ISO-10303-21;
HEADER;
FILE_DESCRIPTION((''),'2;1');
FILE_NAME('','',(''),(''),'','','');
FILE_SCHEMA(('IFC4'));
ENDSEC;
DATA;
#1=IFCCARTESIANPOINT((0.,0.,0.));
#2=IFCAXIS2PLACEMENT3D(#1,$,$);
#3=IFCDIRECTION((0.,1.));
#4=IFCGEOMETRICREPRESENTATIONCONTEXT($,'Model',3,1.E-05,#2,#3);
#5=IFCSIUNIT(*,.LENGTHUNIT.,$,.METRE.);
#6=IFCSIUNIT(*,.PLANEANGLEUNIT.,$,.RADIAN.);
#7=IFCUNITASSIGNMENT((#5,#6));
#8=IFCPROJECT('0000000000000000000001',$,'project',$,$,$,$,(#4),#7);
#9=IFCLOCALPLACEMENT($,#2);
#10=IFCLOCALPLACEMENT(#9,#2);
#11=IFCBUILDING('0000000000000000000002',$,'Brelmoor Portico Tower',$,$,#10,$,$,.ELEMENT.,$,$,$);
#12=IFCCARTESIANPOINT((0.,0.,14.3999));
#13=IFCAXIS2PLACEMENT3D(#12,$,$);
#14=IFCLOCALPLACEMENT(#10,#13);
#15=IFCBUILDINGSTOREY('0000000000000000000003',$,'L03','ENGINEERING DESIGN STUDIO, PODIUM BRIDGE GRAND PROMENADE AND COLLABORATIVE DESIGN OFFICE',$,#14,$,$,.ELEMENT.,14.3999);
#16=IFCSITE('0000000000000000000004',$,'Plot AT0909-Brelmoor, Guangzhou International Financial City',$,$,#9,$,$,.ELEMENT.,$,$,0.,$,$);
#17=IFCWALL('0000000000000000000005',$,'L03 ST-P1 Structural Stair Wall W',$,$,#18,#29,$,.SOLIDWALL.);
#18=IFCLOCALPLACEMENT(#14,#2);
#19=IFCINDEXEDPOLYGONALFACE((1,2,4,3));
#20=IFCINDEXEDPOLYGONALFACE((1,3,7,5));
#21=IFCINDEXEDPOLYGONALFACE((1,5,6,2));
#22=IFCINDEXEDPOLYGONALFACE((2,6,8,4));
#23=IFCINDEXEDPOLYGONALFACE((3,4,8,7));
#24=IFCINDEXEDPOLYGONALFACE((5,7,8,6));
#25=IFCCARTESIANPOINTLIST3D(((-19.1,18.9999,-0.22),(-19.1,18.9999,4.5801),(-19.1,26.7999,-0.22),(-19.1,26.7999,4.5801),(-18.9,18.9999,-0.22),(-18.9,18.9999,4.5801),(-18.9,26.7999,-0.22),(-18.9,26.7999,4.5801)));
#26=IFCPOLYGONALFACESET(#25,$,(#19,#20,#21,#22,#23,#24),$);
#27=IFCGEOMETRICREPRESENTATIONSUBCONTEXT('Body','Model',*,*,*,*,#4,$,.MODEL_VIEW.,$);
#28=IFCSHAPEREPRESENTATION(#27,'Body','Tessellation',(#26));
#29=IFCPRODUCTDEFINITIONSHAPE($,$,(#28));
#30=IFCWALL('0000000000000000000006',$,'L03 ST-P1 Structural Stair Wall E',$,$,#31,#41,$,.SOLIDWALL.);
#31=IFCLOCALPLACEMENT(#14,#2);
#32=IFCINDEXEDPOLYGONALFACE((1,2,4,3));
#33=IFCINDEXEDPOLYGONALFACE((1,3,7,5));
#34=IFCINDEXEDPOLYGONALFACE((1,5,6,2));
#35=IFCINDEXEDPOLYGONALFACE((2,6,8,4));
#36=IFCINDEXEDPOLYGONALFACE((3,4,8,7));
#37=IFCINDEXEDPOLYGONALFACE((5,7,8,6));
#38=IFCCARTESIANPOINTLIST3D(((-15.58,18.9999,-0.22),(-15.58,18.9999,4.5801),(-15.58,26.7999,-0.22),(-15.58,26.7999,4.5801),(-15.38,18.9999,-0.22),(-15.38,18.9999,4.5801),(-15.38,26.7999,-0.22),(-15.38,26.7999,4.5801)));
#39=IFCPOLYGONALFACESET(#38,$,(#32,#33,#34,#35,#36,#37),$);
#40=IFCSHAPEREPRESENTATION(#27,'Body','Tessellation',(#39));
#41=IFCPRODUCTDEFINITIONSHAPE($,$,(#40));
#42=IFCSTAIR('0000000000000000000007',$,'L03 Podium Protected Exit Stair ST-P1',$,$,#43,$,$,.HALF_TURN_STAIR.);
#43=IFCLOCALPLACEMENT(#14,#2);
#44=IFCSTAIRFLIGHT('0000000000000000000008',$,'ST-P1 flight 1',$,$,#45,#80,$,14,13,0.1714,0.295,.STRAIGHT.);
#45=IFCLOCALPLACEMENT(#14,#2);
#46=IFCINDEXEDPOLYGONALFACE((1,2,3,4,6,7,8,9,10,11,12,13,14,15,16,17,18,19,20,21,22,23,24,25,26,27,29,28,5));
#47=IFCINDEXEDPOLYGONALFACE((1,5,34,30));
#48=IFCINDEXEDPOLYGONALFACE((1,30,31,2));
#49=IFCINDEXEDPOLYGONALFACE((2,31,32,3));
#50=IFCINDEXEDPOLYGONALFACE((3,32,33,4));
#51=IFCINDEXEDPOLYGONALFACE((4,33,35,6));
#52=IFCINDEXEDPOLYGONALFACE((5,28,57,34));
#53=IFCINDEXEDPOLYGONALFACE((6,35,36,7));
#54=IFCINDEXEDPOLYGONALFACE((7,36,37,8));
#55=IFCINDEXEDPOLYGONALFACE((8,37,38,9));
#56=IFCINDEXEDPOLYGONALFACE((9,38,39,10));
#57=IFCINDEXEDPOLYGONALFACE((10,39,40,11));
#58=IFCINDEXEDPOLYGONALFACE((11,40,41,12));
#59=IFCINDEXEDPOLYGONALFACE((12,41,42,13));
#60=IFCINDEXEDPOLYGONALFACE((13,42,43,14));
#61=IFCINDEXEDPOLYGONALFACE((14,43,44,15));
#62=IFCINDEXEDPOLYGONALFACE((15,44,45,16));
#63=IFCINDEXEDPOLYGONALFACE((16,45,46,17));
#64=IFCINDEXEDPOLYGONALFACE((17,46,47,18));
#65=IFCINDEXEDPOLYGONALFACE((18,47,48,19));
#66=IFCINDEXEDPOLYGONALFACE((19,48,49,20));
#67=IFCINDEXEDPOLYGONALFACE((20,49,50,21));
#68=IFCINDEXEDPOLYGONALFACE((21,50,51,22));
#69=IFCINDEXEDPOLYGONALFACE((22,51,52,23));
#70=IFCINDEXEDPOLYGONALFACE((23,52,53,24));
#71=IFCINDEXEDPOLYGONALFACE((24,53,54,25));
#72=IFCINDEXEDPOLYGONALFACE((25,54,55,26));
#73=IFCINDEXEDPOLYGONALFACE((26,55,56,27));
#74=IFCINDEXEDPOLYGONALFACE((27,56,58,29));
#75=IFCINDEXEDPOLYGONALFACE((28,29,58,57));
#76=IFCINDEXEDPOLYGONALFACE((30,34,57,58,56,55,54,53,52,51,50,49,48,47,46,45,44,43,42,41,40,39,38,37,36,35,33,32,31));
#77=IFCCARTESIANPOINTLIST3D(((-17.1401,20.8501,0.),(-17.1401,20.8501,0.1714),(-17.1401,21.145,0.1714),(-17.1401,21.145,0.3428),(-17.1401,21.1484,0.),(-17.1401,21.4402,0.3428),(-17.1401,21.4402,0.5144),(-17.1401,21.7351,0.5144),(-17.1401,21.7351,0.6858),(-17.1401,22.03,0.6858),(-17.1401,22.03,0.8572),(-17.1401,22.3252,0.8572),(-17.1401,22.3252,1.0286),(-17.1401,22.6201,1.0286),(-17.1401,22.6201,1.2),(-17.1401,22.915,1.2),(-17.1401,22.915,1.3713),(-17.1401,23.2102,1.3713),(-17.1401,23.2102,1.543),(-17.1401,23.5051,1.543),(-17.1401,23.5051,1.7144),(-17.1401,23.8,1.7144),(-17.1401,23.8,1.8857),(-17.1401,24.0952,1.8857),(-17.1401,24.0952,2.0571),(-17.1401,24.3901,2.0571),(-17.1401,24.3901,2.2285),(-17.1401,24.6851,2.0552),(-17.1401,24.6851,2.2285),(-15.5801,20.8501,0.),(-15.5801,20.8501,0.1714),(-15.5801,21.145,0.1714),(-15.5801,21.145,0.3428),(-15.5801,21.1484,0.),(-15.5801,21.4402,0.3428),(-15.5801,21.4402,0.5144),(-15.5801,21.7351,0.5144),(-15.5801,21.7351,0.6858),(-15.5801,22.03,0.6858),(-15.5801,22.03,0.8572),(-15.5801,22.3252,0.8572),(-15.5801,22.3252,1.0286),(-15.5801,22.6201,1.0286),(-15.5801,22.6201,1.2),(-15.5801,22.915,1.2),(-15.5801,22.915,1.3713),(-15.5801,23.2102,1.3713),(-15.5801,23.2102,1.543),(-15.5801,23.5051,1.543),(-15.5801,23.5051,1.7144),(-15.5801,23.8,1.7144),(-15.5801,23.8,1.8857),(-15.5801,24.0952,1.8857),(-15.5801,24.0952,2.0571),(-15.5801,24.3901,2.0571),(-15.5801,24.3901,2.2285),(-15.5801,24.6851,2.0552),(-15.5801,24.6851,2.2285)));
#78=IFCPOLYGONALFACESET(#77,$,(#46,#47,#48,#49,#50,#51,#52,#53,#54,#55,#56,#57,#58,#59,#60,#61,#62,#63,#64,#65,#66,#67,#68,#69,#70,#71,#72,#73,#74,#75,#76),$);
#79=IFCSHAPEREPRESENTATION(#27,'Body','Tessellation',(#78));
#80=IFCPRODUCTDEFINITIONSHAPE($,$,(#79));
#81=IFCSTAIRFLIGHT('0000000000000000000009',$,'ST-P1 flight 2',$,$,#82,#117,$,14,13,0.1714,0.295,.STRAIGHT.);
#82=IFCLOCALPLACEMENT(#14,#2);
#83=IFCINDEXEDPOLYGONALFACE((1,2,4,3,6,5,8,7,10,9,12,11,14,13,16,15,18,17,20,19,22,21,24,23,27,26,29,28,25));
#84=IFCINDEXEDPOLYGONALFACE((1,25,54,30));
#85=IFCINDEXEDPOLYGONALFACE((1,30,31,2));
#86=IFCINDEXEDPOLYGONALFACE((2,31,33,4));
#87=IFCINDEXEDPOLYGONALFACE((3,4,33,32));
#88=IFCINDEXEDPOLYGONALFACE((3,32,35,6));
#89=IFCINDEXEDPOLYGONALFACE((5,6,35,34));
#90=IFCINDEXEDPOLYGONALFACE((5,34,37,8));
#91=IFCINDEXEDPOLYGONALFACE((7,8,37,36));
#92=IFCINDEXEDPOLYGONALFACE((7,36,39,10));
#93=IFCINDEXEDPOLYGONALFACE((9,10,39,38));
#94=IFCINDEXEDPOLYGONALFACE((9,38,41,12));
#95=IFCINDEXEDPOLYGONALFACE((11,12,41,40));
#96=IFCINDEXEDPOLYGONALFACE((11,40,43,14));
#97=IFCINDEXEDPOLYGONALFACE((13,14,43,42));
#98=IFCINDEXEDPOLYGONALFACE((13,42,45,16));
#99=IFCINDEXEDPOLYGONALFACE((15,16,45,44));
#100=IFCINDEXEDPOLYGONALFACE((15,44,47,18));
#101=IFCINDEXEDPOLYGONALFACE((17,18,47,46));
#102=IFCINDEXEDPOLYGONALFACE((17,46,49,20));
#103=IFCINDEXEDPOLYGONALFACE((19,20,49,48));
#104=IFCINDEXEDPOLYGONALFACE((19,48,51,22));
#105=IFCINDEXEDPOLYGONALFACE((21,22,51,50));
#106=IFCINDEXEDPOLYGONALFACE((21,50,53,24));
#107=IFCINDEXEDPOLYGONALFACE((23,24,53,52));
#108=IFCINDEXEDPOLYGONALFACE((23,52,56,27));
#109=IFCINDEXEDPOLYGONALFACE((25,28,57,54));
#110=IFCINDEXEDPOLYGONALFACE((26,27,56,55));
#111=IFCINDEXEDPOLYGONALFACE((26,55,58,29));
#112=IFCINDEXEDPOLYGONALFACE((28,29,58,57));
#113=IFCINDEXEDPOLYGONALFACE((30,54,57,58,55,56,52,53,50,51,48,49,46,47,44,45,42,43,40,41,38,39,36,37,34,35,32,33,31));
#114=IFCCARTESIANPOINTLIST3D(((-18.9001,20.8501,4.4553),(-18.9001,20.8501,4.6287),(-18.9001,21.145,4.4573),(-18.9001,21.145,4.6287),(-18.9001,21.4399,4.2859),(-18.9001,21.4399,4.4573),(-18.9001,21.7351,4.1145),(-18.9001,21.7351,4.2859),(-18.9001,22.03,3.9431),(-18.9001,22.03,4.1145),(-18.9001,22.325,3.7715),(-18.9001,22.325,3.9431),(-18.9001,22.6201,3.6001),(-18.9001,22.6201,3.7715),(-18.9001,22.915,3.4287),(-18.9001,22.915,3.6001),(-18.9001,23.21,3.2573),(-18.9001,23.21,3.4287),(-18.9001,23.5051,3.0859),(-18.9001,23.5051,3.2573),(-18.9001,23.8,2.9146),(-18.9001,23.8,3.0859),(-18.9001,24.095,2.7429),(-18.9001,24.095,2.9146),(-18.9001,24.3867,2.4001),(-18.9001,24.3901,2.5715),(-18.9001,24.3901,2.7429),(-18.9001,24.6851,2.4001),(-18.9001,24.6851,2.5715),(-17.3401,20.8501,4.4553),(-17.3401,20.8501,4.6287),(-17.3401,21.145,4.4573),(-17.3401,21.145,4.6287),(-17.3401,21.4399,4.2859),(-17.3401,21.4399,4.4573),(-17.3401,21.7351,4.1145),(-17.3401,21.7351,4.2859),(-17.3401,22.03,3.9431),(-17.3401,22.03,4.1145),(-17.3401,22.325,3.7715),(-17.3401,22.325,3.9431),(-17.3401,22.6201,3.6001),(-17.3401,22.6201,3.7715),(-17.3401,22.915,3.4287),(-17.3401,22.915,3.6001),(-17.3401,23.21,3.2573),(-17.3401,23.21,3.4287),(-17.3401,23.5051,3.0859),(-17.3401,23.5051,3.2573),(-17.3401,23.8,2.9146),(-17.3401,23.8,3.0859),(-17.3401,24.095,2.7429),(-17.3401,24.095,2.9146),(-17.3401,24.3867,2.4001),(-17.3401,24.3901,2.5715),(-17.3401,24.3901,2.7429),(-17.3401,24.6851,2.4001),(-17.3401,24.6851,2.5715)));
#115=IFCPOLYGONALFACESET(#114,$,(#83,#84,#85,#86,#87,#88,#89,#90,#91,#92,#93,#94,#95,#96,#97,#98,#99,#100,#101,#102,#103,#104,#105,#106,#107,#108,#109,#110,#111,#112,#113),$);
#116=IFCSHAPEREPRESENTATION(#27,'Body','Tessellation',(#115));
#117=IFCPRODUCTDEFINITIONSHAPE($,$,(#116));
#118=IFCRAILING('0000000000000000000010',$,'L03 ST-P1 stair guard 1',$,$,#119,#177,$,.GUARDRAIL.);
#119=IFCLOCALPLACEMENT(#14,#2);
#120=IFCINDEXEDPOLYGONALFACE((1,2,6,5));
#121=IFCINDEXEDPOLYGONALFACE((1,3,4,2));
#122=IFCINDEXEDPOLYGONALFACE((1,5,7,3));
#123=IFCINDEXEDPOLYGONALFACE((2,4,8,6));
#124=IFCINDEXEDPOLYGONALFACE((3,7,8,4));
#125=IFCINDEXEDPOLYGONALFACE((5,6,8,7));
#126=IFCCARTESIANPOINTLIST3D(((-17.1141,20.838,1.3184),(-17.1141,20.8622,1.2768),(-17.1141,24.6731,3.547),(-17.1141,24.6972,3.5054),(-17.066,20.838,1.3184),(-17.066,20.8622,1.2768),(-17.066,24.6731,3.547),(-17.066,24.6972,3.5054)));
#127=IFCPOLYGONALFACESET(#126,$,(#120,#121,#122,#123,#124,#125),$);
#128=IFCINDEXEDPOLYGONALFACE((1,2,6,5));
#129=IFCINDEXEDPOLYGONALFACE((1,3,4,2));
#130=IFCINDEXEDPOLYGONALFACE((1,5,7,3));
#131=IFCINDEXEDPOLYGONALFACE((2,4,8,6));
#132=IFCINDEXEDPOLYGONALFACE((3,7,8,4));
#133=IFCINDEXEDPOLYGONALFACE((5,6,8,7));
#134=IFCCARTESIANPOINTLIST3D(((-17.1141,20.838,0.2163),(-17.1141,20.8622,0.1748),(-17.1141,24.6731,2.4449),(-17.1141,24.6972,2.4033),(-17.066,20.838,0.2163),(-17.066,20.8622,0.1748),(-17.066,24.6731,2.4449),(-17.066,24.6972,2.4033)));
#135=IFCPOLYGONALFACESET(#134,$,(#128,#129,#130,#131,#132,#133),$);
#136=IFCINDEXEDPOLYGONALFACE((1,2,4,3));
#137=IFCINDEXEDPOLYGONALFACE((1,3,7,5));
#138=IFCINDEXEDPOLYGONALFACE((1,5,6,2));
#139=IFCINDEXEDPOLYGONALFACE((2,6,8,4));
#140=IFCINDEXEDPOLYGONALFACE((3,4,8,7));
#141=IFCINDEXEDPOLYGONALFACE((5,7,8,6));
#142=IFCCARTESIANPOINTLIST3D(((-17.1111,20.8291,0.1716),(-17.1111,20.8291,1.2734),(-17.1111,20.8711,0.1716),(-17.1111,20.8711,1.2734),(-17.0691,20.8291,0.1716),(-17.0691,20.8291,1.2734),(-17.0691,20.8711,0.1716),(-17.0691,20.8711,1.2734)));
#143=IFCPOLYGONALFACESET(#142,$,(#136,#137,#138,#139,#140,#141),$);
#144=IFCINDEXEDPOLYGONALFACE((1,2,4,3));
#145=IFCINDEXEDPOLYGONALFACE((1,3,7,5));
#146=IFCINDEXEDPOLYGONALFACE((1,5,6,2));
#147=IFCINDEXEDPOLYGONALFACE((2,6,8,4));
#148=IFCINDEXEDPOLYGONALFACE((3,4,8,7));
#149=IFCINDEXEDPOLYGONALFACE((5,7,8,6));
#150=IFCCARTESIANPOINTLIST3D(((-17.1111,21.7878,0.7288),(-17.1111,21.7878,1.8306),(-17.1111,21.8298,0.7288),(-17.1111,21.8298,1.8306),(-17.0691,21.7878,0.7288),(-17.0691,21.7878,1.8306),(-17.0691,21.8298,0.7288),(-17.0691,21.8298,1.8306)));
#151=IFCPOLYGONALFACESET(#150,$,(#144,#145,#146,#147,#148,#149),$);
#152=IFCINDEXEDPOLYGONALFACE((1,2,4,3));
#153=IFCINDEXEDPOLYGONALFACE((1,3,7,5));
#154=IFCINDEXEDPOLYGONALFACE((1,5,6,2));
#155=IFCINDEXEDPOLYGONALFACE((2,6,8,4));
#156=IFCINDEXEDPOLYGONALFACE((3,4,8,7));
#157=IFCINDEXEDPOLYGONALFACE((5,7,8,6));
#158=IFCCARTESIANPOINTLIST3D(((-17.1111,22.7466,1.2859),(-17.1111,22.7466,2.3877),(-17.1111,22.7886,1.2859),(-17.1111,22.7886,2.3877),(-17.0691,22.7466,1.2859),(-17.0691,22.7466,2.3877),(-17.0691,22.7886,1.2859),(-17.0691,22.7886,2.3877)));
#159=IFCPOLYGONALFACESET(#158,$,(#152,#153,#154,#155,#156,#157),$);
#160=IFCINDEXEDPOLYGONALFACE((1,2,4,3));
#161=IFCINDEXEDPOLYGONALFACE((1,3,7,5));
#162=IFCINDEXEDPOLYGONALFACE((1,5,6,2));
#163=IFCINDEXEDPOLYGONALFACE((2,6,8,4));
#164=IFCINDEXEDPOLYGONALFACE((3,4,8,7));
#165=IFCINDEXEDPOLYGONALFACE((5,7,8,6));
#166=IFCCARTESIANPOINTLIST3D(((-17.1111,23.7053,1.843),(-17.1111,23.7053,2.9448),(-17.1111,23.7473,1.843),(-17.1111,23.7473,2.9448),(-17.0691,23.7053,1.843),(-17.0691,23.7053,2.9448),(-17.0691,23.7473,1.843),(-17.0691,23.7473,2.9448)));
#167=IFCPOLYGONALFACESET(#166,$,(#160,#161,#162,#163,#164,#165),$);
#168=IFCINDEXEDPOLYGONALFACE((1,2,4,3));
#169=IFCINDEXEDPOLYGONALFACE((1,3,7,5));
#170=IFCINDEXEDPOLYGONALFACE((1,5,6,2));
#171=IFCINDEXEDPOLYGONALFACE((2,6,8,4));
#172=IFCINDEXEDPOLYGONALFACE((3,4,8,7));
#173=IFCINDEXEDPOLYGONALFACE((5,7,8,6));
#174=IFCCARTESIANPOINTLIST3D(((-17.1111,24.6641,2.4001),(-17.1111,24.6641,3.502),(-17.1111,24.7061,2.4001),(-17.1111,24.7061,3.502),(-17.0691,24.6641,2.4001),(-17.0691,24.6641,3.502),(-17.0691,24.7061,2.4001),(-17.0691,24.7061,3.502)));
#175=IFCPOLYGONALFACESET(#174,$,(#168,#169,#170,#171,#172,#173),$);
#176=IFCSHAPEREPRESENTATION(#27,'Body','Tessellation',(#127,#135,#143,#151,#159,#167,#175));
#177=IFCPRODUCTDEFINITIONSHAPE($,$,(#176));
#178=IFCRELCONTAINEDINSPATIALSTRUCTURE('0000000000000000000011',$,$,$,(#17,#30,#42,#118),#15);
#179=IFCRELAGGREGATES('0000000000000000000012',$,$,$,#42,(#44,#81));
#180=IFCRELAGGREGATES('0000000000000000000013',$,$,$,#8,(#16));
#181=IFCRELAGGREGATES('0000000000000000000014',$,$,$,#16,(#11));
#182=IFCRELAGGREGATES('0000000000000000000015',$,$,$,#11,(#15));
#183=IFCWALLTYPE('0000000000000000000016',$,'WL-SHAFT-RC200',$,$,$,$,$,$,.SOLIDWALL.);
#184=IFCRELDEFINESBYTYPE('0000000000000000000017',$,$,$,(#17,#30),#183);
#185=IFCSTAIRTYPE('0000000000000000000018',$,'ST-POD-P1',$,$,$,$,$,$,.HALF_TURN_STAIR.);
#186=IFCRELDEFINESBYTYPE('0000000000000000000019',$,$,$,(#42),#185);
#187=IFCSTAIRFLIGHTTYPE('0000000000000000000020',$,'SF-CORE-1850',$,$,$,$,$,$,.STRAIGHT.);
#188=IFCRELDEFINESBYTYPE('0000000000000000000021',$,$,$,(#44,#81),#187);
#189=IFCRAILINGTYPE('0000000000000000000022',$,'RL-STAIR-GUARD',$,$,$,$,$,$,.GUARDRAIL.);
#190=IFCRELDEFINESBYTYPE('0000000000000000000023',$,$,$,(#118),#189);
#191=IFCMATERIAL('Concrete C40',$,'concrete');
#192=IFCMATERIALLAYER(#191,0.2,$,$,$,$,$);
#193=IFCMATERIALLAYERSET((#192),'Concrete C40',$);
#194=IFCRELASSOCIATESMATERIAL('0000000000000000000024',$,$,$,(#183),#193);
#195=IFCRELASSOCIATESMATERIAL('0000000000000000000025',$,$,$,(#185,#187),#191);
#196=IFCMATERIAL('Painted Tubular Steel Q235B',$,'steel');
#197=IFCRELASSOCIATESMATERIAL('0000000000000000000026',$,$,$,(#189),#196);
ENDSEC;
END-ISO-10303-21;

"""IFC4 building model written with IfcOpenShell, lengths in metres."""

from ifc_helpers import new_model, si_unit, direction, frame, frame_2d, origin, origin_2d, place, context, subcontext, project, spatial, polyline, rectangle, outline, extrude, material, layer, layer_set, type_object, element, aggregate, save


model = new_model("IFC4")

# Units and contexts
model_context = context("Model", 3, precision=1e-05, world=origin(), true_north=direction((0.0, 1.0)))
body_context = subcontext(model_context, "Body", "Model", "MODEL_VIEW")
ifc_project = project(units=[si_unit("LENGTHUNIT", "METRE"), si_unit("PLANEANGLEUNIT", "RADIAN")], contexts=[model_context])

# Site, building, storey
site_placement = place(None, origin())
site = spatial("IfcSite", under=ifc_project, at=site_placement, Name="Plot AT0909-Brelmoor, Guangzhou International Financial City", CompositionType="ELEMENT", RefElevation=0.0)
building_placement = place(site_placement, origin())
building = spatial("IfcBuilding", under=site, at=building_placement, Name="Brelmoor Portico Tower", CompositionType="ELEMENT")
storey_placement = place(building_placement, frame((0.0, 0.0, 14.3999)))
storey = spatial("IfcBuildingStorey", under=building, at=storey_placement, Name="L03", Description="ENGINEERING DESIGN STUDIO, PODIUM BRIDGE GRAND PROMENADE AND COLLABORATIVE DESIGN OFFICE", CompositionType="ELEMENT", Elevation=14.3999)

# Walls
ifc_material_1 = material(Name="Concrete C40", Category="concrete")
ifc_layer_1 = layer(ifc_material_1, 0.2)
ifc_layer_set_1 = layer_set([ifc_layer_1], Name="Concrete C40")
wall_type = type_object("IfcWallType", Name="WL-SHAFT-RC200", PredefinedType="SOLIDWALL", material=ifc_layer_set_1)
for number, where, z_axis, x_axis, name in (
    (1, (-19.0, 19.0, -0.22), (0.0, 0.0, 1.0), (0.0, 1.0, 0.0), "L03 ST-P1 Structural Stair Wall W"),
    (2, (-15.48, 19.0, -0.22), (0.0, 0.0, 1.0), (0.0, 1.0, 0.0), "L03 ST-P1 Structural Stair Wall E"),
):
    element("IfcWall", number, at=place(storey_placement, frame(where, z_axis=z_axis, x_axis=x_axis)), inside=storey, type_object=wall_type, Name=name, PredefinedType="SOLIDWALL", context=body_context, shape_type="SweptSolid", body=[
        extrude(rectangle(XDim=7.8, YDim=0.2, at=frame_2d((3.8999, 0.0))), origin(), (0.0, 0.0, 1.0), 4.8),
    ])

# Stair, stair flights
stair_type = type_object("IfcStairType", Name="ST-POD-P1", PredefinedType="HALF_TURN_STAIR", material=ifc_material_1)
stair_placement = place(storey_placement, origin())
stair = element("IfcStair", 3, at=stair_placement, inside=storey, type_object=stair_type, Name="L03 Podium Protected Exit Stair ST-P1", PredefinedType="HALF_TURN_STAIR")
stair_flight_type = type_object("IfcStairFlightType", Name="SF-CORE-1850", PredefinedType="STRAIGHT", material=ifc_material_1)
stair_flight_1_placement = place(storey_placement, frame((-16.3601, 20.8501, 0.0), z_axis=(0.0, 0.0, 1.0), x_axis=(0.0, 1.0, 0.0)))
stair_flight_1 = element("IfcStairFlight", 4, at=stair_flight_1_placement, type_object=stair_flight_type, Name="ST-P1 flight 1", NumberOfRisers=14, NumberOfTreads=13, PredefinedType="STRAIGHT", RiserHeight=0.1714, TreadLength=0.295, context=body_context, shape_type="SweptSolid", body=[
    extrude(outline(polyline([(0.0, 0.0), (0.0, 0.1714), (0.2949, 0.1714), (0.2949, 0.3428), (0.5901, 0.3428), (0.5901, 0.5144), (0.885, 0.5144), (0.885, 0.6858), (1.1799, 0.6858), (1.1799, 0.8572), (1.4751, 0.8572), (1.4751, 1.0286), (1.77, 1.0286), (1.77, 1.2), (2.0649, 1.2), (2.0649, 1.3713), (2.3601, 1.3713), (2.3601, 1.543), (2.655, 1.543), (2.655, 1.7144), (2.95, 1.7144), (2.95, 1.8857), (3.2451, 1.8857), (3.2451, 2.0571), (3.54, 2.0571), (3.54, 2.2285), (3.835, 2.2285), (3.835, 2.3999), (3.835, 2.0552), (0.2983, 0.0), (0.0, 0.0)])), frame((0.0, 0.78, 0.0), z_axis=(0.0, -1.0, 0.0), x_axis=(1.0, 0.0, 0.0)), (0.0, 0.0, 1.0), 1.5601),
])
stair_flight_2_placement = place(storey_placement, frame((-18.1201, 24.6851, 2.4001), z_axis=(0.0, 0.0, 1.0), x_axis=(0.0, -1.0, 0.0)))
stair_flight_2 = element("IfcStairFlight", 5, at=stair_flight_2_placement, type_object=stair_flight_type, Name="ST-P1 flight 2", NumberOfRisers=14, NumberOfTreads=13, PredefinedType="STRAIGHT", RiserHeight=0.1714, TreadLength=0.295, context=body_context, shape_type="SweptSolid", body=[
    extrude(outline(polyline([(0.0, 0.0), (0.0, 0.1714), (0.2949, 0.1714), (0.2949, 0.3428), (0.5901, 0.3428), (0.5901, 0.5144), (0.885, 0.5144), (0.885, 0.6858), (1.1799, 0.6858), (1.1799, 0.8572), (1.4751, 0.8572), (1.4751, 1.0286), (1.77, 1.0286), (1.77, 1.2), (2.0649, 1.2), (2.0649, 1.3713), (2.3601, 1.3713), (2.3601, 1.543), (2.655, 1.543), (2.655, 1.7144), (2.95, 1.7144), (2.95, 1.8857), (3.2451, 1.8857), (3.2451, 2.0571), (3.54, 2.0571), (3.54, 2.2285), (3.835, 2.2285), (3.835, 2.3999), (3.835, 2.0552), (0.2983, 0.0), (0.0, 0.0)])), frame((0.0, 0.78, 0.0), z_axis=(0.0, -1.0, 0.0), x_axis=(1.0, 0.0, 0.0)), (0.0, 0.0, 1.0), 1.5601),
])
aggregate(stair, [stair_flight_1, stair_flight_2])

# Railing
ifc_material_2 = material(Name="Painted Tubular Steel Q235B", Category="steel")
railing_type_1 = type_object("IfcRailingType", Name="RL-STAIR-GUARD", PredefinedType="GUARDRAIL", material=ifc_material_2)
railing_1_placement = place(storey_placement, frame((-17.0901, 20.8501, 0.1716)))
element("IfcRailing", 6, at=railing_1_placement, inside=storey, type_object=railing_type_1, Name="L03 ST-P1 stair guard 1", PredefinedType="GUARDRAIL", context=body_context, shape_type="SweptSolid", body=[
    extrude(rectangle(XDim=0.0481, YDim=0.0481, at=origin_2d()), frame((0.0, 0.0, 1.126), z_axis=(0.0, 0.864616, 0.502433), x_axis=(-1.0, 0.0, 0.0)), (0.0, 0.0, 1.0), 4.4355),
    extrude(rectangle(XDim=0.0481, YDim=0.0481, at=origin_2d()), frame((0.0, 0.0, 0.0239), z_axis=(0.0, 0.864616, 0.502433), x_axis=(-1.0, 0.0, 0.0)), (0.0, 0.0, 1.0), 4.4355),
    extrude(rectangle(XDim=0.042, YDim=0.042, at=origin_2d()), origin(), (0.0, 0.0, 1.0), 1.1018),
    extrude(rectangle(XDim=0.042, YDim=0.042, at=origin_2d()), frame((0.0, 0.9587, 0.5571)), (0.0, 0.0, 1.0), 1.1018),
    extrude(rectangle(XDim=0.042, YDim=0.042, at=origin_2d()), frame((0.0, 1.9175, 1.1143)), (0.0, 0.0, 1.0), 1.1018),
    extrude(rectangle(XDim=0.042, YDim=0.042, at=origin_2d()), frame((0.0, 2.8762, 1.6714)), (0.0, 0.0, 1.0), 1.1018),
    extrude(rectangle(XDim=0.042, YDim=0.042, at=origin_2d()), frame((0.0, 3.835, 2.2285)), (0.0, 0.0, 1.0), 1.1018),
])

save(model, "model.ifc")
